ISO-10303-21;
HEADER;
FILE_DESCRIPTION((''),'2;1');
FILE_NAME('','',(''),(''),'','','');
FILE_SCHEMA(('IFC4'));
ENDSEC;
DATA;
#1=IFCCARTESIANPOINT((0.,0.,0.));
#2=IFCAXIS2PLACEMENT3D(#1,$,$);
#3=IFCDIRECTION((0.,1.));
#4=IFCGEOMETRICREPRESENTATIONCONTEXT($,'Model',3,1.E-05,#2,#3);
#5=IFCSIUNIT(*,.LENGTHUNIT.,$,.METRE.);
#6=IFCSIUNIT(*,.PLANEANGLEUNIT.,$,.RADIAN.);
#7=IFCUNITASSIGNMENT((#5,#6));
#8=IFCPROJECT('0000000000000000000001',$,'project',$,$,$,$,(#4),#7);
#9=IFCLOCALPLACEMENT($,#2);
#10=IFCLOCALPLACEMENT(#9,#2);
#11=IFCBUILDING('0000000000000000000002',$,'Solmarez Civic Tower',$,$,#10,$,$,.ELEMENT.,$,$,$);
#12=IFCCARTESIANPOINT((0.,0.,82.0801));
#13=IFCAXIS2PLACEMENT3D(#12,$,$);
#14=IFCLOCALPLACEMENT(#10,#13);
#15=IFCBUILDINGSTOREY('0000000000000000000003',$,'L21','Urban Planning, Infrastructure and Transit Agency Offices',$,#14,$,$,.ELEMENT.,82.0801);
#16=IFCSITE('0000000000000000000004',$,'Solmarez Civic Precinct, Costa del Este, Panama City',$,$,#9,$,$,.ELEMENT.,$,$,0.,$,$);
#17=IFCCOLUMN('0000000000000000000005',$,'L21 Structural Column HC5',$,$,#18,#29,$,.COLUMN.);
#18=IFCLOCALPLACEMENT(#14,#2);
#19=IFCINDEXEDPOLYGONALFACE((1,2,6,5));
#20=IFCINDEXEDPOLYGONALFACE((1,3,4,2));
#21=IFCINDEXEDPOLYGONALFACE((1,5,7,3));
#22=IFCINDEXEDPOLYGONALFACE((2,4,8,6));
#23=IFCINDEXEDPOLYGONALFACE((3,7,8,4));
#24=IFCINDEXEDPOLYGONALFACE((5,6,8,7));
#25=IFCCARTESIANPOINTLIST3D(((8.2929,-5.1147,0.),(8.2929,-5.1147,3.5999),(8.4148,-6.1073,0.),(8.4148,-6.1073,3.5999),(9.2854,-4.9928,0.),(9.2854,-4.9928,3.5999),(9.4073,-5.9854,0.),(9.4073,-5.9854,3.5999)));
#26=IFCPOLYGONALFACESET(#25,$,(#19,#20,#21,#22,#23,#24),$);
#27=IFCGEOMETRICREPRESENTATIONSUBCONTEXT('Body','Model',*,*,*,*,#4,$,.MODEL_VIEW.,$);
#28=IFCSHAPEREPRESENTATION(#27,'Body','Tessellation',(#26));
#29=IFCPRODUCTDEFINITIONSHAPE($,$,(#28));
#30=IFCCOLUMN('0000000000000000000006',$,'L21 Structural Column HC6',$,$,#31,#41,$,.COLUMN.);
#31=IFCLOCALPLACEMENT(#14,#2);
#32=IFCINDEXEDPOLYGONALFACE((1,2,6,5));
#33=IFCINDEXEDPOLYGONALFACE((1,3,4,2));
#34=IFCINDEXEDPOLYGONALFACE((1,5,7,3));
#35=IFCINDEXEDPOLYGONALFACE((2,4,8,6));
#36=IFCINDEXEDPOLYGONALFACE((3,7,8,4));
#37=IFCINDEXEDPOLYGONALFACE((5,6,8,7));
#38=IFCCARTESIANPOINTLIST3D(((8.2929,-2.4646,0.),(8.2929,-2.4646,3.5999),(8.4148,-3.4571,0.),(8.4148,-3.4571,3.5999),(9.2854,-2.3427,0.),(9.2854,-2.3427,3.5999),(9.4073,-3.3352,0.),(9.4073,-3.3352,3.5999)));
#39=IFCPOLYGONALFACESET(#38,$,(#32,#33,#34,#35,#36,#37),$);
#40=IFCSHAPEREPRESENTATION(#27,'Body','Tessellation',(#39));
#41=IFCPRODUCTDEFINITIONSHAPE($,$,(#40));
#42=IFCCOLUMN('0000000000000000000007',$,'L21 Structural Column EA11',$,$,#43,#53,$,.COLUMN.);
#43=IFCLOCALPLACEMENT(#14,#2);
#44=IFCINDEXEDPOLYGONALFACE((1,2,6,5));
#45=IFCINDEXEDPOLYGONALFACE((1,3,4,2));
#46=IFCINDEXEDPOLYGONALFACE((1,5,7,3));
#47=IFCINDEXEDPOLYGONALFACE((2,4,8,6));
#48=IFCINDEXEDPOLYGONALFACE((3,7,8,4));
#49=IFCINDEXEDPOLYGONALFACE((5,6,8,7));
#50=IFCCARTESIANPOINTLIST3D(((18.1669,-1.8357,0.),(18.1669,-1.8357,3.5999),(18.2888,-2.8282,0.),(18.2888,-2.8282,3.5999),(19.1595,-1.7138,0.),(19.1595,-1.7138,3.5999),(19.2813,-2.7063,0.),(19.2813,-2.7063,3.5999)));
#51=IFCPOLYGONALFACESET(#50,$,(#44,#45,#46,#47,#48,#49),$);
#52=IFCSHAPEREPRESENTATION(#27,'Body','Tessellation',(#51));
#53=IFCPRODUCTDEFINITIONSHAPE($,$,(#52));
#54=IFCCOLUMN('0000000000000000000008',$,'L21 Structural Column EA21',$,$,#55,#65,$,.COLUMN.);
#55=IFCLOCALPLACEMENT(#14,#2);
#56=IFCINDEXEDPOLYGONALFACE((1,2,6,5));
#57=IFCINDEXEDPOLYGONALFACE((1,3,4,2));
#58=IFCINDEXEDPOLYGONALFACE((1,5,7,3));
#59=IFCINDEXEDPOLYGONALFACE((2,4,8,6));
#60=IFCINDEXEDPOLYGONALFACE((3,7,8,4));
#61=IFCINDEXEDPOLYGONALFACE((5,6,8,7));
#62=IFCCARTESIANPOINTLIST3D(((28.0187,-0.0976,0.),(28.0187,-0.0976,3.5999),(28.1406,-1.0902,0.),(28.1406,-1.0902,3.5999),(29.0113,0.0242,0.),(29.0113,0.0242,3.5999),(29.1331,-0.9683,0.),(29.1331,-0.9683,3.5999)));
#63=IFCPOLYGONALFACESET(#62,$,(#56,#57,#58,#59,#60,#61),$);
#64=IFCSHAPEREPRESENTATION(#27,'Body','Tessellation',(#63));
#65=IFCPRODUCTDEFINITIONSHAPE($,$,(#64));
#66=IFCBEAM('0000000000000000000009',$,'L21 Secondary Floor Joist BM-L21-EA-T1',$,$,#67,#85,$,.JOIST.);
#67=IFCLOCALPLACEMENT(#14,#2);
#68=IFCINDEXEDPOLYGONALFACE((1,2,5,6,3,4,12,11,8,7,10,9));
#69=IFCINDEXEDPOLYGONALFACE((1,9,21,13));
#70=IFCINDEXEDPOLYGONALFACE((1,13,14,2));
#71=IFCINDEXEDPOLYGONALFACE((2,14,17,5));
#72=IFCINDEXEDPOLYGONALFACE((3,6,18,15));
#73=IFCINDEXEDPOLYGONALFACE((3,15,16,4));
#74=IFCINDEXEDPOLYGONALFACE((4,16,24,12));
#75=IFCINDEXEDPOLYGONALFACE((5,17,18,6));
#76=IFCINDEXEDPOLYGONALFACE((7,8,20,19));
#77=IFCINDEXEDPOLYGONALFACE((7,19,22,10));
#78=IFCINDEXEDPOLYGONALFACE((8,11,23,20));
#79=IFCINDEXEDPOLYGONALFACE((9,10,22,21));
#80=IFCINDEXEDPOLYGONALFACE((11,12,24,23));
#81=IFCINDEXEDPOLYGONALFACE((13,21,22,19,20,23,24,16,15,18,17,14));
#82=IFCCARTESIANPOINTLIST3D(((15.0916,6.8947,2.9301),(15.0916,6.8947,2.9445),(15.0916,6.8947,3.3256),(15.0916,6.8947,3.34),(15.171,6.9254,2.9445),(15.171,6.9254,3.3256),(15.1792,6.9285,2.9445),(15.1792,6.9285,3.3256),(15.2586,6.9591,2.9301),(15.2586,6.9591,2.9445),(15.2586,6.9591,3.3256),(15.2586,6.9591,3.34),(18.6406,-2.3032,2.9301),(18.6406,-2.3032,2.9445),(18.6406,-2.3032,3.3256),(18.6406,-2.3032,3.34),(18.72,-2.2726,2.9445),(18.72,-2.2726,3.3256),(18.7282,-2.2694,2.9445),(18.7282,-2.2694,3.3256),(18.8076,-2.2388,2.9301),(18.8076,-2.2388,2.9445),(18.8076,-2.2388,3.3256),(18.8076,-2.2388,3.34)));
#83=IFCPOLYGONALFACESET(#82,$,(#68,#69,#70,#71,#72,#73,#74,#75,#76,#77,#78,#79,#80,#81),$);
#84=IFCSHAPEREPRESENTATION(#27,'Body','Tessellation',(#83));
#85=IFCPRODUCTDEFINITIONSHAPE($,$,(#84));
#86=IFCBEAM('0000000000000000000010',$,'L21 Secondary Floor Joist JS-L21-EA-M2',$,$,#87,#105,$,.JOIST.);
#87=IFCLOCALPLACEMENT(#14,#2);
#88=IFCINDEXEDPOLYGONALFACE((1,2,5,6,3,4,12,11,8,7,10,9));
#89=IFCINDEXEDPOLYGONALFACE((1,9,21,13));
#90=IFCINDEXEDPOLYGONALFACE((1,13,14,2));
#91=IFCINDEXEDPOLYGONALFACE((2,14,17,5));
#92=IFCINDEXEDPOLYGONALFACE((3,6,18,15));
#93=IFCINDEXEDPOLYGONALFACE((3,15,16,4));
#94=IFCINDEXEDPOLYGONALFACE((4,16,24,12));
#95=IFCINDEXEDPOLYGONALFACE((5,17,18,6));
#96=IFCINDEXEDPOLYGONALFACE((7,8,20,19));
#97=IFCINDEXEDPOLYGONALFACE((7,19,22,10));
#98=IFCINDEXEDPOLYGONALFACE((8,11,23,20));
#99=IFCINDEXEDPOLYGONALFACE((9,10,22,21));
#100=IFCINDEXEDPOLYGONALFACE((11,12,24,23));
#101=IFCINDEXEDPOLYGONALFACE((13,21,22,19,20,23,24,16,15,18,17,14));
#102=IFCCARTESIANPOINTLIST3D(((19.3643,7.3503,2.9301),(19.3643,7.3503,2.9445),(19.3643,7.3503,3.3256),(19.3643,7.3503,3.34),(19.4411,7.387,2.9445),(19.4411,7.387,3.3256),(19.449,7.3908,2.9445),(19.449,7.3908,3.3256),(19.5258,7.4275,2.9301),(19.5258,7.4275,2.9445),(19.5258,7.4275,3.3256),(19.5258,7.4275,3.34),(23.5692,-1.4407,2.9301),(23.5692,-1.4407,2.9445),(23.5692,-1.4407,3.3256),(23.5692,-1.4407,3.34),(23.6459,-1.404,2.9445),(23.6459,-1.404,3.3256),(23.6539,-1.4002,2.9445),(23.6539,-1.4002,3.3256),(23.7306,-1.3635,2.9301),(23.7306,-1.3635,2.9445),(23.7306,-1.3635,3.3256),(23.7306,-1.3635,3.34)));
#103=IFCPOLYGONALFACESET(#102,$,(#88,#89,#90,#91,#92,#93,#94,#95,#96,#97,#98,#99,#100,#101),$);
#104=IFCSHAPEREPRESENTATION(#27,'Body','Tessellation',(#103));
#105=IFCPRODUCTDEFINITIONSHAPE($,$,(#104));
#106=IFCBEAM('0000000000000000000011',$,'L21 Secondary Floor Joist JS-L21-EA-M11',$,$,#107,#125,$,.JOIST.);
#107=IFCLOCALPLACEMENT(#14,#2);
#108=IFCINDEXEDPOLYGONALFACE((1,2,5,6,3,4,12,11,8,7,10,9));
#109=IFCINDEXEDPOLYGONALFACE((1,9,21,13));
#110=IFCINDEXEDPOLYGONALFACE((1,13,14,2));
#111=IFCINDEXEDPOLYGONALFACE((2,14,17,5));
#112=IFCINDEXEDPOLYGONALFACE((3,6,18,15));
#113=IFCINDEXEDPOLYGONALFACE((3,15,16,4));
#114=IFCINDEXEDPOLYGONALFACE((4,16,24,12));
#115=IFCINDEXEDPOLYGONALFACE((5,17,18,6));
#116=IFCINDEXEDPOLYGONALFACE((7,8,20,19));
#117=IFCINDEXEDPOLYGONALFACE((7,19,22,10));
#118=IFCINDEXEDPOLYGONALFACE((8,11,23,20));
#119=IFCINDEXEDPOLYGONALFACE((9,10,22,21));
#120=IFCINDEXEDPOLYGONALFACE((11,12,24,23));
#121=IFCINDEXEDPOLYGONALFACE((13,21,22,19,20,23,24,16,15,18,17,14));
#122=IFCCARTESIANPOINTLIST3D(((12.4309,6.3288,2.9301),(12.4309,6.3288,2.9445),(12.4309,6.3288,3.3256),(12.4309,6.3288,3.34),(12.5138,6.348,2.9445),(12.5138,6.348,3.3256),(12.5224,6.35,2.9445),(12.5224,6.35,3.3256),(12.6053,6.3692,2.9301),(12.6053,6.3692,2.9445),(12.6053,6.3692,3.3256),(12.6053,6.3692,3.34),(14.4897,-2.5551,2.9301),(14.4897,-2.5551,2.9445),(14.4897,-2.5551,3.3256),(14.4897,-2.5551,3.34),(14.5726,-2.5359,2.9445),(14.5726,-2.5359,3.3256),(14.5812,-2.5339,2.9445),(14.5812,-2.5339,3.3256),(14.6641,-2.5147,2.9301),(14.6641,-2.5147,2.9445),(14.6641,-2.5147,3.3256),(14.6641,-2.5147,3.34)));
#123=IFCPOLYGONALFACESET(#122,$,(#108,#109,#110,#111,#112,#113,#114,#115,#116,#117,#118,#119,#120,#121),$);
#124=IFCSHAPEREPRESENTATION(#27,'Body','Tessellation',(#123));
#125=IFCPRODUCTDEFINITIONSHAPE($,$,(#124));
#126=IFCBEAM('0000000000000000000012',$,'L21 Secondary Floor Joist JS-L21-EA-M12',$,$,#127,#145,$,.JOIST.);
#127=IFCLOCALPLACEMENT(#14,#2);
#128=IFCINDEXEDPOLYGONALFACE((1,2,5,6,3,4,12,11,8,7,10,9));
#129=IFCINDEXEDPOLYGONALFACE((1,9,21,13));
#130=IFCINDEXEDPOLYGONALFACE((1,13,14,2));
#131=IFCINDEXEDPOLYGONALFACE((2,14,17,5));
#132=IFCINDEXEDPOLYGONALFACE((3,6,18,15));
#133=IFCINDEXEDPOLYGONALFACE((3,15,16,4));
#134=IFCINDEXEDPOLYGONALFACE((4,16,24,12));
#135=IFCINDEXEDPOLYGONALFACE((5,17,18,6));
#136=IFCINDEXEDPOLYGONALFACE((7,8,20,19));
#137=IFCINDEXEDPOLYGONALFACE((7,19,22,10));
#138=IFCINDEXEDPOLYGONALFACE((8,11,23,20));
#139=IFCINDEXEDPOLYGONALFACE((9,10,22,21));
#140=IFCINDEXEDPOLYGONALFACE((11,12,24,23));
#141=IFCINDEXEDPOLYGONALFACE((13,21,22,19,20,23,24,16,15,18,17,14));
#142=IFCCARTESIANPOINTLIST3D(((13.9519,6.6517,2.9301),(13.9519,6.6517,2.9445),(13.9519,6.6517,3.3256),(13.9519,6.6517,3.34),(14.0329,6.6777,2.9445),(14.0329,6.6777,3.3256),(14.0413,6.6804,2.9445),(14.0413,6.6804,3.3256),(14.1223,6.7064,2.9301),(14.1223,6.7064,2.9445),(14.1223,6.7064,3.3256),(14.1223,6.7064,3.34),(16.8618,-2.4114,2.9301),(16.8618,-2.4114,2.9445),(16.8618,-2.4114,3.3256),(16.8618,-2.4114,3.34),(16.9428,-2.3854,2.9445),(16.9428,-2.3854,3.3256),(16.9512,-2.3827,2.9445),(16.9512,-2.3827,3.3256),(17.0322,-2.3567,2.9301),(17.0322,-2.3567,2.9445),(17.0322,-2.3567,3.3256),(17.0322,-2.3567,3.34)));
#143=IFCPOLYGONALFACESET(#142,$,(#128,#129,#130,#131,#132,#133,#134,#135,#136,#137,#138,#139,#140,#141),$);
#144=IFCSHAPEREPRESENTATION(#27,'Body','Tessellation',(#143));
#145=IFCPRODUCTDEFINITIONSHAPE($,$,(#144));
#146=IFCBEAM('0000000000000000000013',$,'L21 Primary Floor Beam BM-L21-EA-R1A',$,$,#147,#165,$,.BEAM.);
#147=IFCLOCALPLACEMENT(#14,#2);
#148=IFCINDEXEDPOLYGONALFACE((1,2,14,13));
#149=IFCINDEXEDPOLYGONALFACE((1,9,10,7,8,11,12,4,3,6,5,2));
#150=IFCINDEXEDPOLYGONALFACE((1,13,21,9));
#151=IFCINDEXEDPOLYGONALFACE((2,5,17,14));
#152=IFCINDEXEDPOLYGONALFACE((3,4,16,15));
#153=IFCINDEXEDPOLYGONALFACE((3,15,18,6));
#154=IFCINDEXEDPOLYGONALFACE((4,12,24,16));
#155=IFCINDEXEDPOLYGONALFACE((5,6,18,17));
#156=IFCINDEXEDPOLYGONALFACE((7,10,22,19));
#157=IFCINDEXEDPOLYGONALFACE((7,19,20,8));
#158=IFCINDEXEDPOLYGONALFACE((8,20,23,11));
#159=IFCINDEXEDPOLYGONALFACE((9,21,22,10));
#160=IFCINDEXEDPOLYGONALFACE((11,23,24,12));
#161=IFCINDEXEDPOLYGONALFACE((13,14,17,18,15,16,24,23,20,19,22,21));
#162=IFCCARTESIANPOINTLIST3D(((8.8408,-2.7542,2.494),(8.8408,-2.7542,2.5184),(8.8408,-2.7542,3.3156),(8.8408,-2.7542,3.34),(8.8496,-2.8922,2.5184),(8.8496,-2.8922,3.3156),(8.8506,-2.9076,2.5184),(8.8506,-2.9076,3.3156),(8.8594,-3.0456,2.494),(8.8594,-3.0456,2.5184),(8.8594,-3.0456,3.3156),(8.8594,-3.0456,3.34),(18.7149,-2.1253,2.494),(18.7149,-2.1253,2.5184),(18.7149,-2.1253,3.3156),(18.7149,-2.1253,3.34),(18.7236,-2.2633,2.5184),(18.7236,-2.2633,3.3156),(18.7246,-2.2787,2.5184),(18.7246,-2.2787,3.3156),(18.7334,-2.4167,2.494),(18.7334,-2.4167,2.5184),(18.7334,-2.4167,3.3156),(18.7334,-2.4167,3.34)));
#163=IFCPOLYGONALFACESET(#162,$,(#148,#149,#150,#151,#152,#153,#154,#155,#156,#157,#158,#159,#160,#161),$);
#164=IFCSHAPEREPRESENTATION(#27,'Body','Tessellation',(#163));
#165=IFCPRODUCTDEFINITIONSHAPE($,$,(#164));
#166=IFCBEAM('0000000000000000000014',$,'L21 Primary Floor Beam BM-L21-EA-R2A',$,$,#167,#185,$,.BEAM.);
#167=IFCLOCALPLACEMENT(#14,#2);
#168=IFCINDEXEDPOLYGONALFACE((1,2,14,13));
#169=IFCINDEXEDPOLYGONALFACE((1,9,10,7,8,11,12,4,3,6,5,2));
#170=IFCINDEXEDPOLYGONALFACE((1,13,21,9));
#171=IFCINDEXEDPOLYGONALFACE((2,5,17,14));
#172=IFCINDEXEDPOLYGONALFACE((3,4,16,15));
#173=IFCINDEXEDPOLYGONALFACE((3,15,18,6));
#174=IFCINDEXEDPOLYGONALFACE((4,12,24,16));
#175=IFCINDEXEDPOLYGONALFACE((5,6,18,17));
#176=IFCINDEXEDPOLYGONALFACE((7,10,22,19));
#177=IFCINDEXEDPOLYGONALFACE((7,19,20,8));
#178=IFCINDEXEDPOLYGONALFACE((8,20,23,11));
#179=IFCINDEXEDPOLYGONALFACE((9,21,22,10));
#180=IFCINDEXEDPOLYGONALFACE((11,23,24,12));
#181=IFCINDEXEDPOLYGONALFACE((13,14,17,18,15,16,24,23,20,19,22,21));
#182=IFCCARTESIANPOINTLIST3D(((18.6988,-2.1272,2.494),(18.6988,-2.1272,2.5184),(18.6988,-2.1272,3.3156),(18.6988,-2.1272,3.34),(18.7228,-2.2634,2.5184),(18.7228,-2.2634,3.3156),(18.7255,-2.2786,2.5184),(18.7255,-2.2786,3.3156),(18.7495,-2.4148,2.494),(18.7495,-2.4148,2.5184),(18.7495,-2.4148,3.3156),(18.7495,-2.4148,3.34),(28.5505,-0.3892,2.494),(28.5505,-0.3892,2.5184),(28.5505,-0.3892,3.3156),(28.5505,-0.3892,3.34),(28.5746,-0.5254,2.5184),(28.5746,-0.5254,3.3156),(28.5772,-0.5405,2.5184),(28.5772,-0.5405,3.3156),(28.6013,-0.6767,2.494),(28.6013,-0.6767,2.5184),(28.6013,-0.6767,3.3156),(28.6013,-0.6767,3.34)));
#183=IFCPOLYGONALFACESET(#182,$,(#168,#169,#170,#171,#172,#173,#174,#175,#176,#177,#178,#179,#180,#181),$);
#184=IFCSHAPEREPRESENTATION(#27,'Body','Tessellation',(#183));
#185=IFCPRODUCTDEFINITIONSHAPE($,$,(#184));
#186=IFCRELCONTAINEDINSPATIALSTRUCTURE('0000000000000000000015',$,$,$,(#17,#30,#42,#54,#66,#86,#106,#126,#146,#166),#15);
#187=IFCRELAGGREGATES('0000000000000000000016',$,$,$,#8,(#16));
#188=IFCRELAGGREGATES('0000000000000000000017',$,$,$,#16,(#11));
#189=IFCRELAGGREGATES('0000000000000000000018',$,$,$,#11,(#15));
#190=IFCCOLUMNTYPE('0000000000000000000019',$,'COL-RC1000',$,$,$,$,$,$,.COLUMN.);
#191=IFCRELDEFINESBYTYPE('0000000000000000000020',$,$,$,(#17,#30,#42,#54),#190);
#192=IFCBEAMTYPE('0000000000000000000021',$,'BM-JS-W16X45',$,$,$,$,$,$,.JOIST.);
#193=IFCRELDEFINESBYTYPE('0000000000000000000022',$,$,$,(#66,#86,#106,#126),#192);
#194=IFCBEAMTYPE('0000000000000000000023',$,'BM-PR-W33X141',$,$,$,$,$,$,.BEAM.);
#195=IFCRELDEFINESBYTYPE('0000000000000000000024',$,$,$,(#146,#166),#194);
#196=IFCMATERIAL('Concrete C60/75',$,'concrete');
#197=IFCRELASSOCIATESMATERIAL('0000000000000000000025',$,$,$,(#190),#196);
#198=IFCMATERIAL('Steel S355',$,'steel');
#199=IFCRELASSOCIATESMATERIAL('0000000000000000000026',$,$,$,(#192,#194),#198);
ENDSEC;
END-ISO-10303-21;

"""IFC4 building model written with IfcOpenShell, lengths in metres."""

from ifc_helpers import new_model, si_unit, direction, frame, origin, origin_2d, place, context, subcontext, project, spatial, rectangle, i_section, extrude, material, material_profile, profile_set, type_object, element, save


model = new_model("IFC4")

# Units and contexts
model_context = context("Model", 3, precision=1e-05, world=origin(), true_north=direction((0.0, 1.0)))
body_context = subcontext(model_context, "Body", "Model", "MODEL_VIEW")
ifc_project = project(units=[si_unit("LENGTHUNIT", "METRE"), si_unit("PLANEANGLEUNIT", "RADIAN")], contexts=[model_context])

# Site, building, storey
site_placement = place(None, origin())
site = spatial("IfcSite", under=ifc_project, at=site_placement, Name="Solmarez Civic Precinct, Costa del Este, Panama City", CompositionType="ELEMENT", RefElevation=0.0)
building_placement = place(site_placement, origin())
building = spatial("IfcBuilding", under=site, at=building_placement, Name="Solmarez Civic Tower", CompositionType="ELEMENT")
storey_placement = place(building_placement, frame((0.0, 0.0, 82.0801)))
storey = spatial("IfcBuildingStorey", under=building, at=storey_placement, Name="L21", Description="Urban Planning, Infrastructure and Transit Agency Offices", CompositionType="ELEMENT", Elevation=82.0801)

# Columns
ifc_material_1 = material(Name="Concrete C60/75", Category="concrete")
ifc_material_profile_1 = material_profile(ifc_material_1, rectangle(XDim=1.0, YDim=1.0, at=origin_2d()), Name="RC1000X1000")
ifc_profile_set_1 = profile_set([ifc_material_profile_1], Name="Concrete C60/75")
column_type = type_object("IfcColumnType", Name="COL-RC1000", PredefinedType="COLUMN", material=ifc_profile_set_1)
for number, where, z_axis, x_axis, name in (
    (1, (8.8501, -5.55, 0.0), (0.0, 0.0, 1.0), (0.992546, 0.121869, 0.0), "L21 Structural Column HC5"),
    (2, (8.8501, -2.8999, 0.0), (0.0, 0.0, 1.0), (0.992546, 0.121869, 0.0), "L21 Structural Column HC6"),
    (3, (18.7241, -2.271, 0.0), (0.0, 0.0, 1.0), (0.992546, 0.121869, 0.0), "L21 Structural Column EA11"),
    (4, (28.5759, -0.533, 0.0), (0.0, 0.0, 1.0), (0.992546, 0.121869, 0.0), "L21 Structural Column EA21"),
):
    element("IfcColumn", number, at=place(storey_placement, frame(where, z_axis=z_axis, x_axis=x_axis)), inside=storey, type_object=column_type, Name=name, PredefinedType="COLUMN", context=body_context, shape_type="SweptSolid", body=[
        extrude(rectangle(XDim=1.0, YDim=1.0, at=origin_2d()), origin(), (0.0, 0.0, 1.0), 3.5999),
    ])

# Beams
ifc_material_2 = material(Name="Steel S355", Category="steel")
ifc_material_profile_2 = material_profile(ifc_material_2, i_section(OverallWidth=0.179, OverallDepth=0.4099, WebThickness=0.0088, FlangeThickness=0.0144, at=origin_2d()), Name="W16X45")
ifc_profile_set_2 = profile_set([ifc_material_profile_2], Name="Steel S355")
beam_type_1 = type_object("IfcBeamType", Name="BM-JS-W16X45", PredefinedType="JOIST", material=ifc_profile_set_2)
beam_1_placement = place(storey_placement, frame((18.7241, -2.271, 3.135), z_axis=(-0.359984, 0.932958, 0.0), x_axis=(-0.932958, -0.359984, 0.0)))
element("IfcBeam", 5, at=beam_1_placement, inside=storey, type_object=beam_type_1, Name="L21 Secondary Floor Joist BM-L21-EA-T1", PredefinedType="JOIST", context=body_context, shape_type="SweptSolid", body=[
    extrude(i_section(OverallWidth=0.179, OverallDepth=0.4099, WebThickness=0.0088, FlangeThickness=0.0144, at=origin_2d()), origin(), (0.0, 0.0, 1.0), 9.8589),
])
beam_2_placement = place(storey_placement, frame((23.6499, -1.4021, 3.135), z_axis=(-0.431492, 0.902117, 0.0), x_axis=(-0.902117, -0.431492, 0.0)))
element("IfcBeam", 6, at=beam_2_placement, inside=storey, type_object=beam_type_1, Name="L21 Secondary Floor Joist JS-L21-EA-M2", PredefinedType="JOIST", context=body_context, shape_type="SweptSolid", body=[
    extrude(i_section(OverallWidth=0.179, OverallDepth=0.4099, WebThickness=0.0088, FlangeThickness=0.0144, at=origin_2d()), origin(), (0.0, 0.0, 1.0), 9.7449),
])
beam_3_placement = place(storey_placement, frame((14.5769, -2.5349, 3.135), z_axis=(-0.225763, 0.974182, 0.0), x_axis=(-0.974182, -0.225763, 0.0)))
element("IfcBeam", 7, at=beam_3_placement, inside=storey, type_object=beam_type_1, Name="L21 Secondary Floor Joist JS-L21-EA-M11", PredefinedType="JOIST", context=body_context, shape_type="SweptSolid", body=[
    extrude(i_section(OverallWidth=0.179, OverallDepth=0.4099, WebThickness=0.0088, FlangeThickness=0.0144, at=origin_2d()), origin(), (0.0, 0.0, 1.0), 9.1194),
])
beam_4_placement = place(storey_placement, frame((16.947, -2.384, 3.135), z_axis=(-0.305705, 0.952126, 0.0), x_axis=(-0.952126, -0.305705, 0.0)))
element("IfcBeam", 8, at=beam_4_placement, inside=storey, type_object=beam_type_1, Name="L21 Secondary Floor Joist JS-L21-EA-M12", PredefinedType="JOIST", context=body_context, shape_type="SweptSolid", body=[
    extrude(i_section(OverallWidth=0.179, OverallDepth=0.4099, WebThickness=0.0088, FlangeThickness=0.0144, at=origin_2d()), origin(), (0.0, 0.0, 1.0), 9.5188),
])
ifc_material_profile_3 = material_profile(ifc_material_2, i_section(OverallWidth=0.292, OverallDepth=0.8459, WebThickness=0.0154, FlangeThickness=0.0244, at=origin_2d()), Name="W33X141")
ifc_profile_set_3 = profile_set([ifc_material_profile_3], Name="Steel S355")
beam_type_2 = type_object("IfcBeamType", Name="BM-PR-W33X141", PredefinedType="BEAM", material=ifc_profile_set_3)
beam_5_placement = place(storey_placement, frame((8.8501, -2.8999, 2.917), z_axis=(0.997978, 0.063564, 0.0), x_axis=(-0.063564, 0.997978, 0.0)))
element("IfcBeam", 9, at=beam_5_placement, inside=storey, type_object=beam_type_2, Name="L21 Primary Floor Beam BM-L21-EA-R1A", PredefinedType="BEAM", context=body_context, shape_type="SweptSolid", body=[
    extrude(i_section(OverallWidth=0.292, OverallDepth=0.8459, WebThickness=0.0154, FlangeThickness=0.0244, at=origin_2d()), origin(), (0.0, 0.0, 1.0), 9.894),
])
beam_6_placement = place(storey_placement, frame((18.7241, -2.271, 2.917), z_axis=(0.984792, 0.173735, 0.0), x_axis=(-0.173735, 0.984792, 0.0)))
element("IfcBeam", 10, at=beam_6_placement, inside=storey, type_object=beam_type_2, Name="L21 Primary Floor Beam BM-L21-EA-R2A", PredefinedType="BEAM", context=body_context, shape_type="SweptSolid", body=[
    extrude(i_section(OverallWidth=0.292, OverallDepth=0.8459, WebThickness=0.0154, FlangeThickness=0.0244, at=origin_2d()), origin(), (0.0, 0.0, 1.0), 10.0039),
])

save(model, "model.ifc")
